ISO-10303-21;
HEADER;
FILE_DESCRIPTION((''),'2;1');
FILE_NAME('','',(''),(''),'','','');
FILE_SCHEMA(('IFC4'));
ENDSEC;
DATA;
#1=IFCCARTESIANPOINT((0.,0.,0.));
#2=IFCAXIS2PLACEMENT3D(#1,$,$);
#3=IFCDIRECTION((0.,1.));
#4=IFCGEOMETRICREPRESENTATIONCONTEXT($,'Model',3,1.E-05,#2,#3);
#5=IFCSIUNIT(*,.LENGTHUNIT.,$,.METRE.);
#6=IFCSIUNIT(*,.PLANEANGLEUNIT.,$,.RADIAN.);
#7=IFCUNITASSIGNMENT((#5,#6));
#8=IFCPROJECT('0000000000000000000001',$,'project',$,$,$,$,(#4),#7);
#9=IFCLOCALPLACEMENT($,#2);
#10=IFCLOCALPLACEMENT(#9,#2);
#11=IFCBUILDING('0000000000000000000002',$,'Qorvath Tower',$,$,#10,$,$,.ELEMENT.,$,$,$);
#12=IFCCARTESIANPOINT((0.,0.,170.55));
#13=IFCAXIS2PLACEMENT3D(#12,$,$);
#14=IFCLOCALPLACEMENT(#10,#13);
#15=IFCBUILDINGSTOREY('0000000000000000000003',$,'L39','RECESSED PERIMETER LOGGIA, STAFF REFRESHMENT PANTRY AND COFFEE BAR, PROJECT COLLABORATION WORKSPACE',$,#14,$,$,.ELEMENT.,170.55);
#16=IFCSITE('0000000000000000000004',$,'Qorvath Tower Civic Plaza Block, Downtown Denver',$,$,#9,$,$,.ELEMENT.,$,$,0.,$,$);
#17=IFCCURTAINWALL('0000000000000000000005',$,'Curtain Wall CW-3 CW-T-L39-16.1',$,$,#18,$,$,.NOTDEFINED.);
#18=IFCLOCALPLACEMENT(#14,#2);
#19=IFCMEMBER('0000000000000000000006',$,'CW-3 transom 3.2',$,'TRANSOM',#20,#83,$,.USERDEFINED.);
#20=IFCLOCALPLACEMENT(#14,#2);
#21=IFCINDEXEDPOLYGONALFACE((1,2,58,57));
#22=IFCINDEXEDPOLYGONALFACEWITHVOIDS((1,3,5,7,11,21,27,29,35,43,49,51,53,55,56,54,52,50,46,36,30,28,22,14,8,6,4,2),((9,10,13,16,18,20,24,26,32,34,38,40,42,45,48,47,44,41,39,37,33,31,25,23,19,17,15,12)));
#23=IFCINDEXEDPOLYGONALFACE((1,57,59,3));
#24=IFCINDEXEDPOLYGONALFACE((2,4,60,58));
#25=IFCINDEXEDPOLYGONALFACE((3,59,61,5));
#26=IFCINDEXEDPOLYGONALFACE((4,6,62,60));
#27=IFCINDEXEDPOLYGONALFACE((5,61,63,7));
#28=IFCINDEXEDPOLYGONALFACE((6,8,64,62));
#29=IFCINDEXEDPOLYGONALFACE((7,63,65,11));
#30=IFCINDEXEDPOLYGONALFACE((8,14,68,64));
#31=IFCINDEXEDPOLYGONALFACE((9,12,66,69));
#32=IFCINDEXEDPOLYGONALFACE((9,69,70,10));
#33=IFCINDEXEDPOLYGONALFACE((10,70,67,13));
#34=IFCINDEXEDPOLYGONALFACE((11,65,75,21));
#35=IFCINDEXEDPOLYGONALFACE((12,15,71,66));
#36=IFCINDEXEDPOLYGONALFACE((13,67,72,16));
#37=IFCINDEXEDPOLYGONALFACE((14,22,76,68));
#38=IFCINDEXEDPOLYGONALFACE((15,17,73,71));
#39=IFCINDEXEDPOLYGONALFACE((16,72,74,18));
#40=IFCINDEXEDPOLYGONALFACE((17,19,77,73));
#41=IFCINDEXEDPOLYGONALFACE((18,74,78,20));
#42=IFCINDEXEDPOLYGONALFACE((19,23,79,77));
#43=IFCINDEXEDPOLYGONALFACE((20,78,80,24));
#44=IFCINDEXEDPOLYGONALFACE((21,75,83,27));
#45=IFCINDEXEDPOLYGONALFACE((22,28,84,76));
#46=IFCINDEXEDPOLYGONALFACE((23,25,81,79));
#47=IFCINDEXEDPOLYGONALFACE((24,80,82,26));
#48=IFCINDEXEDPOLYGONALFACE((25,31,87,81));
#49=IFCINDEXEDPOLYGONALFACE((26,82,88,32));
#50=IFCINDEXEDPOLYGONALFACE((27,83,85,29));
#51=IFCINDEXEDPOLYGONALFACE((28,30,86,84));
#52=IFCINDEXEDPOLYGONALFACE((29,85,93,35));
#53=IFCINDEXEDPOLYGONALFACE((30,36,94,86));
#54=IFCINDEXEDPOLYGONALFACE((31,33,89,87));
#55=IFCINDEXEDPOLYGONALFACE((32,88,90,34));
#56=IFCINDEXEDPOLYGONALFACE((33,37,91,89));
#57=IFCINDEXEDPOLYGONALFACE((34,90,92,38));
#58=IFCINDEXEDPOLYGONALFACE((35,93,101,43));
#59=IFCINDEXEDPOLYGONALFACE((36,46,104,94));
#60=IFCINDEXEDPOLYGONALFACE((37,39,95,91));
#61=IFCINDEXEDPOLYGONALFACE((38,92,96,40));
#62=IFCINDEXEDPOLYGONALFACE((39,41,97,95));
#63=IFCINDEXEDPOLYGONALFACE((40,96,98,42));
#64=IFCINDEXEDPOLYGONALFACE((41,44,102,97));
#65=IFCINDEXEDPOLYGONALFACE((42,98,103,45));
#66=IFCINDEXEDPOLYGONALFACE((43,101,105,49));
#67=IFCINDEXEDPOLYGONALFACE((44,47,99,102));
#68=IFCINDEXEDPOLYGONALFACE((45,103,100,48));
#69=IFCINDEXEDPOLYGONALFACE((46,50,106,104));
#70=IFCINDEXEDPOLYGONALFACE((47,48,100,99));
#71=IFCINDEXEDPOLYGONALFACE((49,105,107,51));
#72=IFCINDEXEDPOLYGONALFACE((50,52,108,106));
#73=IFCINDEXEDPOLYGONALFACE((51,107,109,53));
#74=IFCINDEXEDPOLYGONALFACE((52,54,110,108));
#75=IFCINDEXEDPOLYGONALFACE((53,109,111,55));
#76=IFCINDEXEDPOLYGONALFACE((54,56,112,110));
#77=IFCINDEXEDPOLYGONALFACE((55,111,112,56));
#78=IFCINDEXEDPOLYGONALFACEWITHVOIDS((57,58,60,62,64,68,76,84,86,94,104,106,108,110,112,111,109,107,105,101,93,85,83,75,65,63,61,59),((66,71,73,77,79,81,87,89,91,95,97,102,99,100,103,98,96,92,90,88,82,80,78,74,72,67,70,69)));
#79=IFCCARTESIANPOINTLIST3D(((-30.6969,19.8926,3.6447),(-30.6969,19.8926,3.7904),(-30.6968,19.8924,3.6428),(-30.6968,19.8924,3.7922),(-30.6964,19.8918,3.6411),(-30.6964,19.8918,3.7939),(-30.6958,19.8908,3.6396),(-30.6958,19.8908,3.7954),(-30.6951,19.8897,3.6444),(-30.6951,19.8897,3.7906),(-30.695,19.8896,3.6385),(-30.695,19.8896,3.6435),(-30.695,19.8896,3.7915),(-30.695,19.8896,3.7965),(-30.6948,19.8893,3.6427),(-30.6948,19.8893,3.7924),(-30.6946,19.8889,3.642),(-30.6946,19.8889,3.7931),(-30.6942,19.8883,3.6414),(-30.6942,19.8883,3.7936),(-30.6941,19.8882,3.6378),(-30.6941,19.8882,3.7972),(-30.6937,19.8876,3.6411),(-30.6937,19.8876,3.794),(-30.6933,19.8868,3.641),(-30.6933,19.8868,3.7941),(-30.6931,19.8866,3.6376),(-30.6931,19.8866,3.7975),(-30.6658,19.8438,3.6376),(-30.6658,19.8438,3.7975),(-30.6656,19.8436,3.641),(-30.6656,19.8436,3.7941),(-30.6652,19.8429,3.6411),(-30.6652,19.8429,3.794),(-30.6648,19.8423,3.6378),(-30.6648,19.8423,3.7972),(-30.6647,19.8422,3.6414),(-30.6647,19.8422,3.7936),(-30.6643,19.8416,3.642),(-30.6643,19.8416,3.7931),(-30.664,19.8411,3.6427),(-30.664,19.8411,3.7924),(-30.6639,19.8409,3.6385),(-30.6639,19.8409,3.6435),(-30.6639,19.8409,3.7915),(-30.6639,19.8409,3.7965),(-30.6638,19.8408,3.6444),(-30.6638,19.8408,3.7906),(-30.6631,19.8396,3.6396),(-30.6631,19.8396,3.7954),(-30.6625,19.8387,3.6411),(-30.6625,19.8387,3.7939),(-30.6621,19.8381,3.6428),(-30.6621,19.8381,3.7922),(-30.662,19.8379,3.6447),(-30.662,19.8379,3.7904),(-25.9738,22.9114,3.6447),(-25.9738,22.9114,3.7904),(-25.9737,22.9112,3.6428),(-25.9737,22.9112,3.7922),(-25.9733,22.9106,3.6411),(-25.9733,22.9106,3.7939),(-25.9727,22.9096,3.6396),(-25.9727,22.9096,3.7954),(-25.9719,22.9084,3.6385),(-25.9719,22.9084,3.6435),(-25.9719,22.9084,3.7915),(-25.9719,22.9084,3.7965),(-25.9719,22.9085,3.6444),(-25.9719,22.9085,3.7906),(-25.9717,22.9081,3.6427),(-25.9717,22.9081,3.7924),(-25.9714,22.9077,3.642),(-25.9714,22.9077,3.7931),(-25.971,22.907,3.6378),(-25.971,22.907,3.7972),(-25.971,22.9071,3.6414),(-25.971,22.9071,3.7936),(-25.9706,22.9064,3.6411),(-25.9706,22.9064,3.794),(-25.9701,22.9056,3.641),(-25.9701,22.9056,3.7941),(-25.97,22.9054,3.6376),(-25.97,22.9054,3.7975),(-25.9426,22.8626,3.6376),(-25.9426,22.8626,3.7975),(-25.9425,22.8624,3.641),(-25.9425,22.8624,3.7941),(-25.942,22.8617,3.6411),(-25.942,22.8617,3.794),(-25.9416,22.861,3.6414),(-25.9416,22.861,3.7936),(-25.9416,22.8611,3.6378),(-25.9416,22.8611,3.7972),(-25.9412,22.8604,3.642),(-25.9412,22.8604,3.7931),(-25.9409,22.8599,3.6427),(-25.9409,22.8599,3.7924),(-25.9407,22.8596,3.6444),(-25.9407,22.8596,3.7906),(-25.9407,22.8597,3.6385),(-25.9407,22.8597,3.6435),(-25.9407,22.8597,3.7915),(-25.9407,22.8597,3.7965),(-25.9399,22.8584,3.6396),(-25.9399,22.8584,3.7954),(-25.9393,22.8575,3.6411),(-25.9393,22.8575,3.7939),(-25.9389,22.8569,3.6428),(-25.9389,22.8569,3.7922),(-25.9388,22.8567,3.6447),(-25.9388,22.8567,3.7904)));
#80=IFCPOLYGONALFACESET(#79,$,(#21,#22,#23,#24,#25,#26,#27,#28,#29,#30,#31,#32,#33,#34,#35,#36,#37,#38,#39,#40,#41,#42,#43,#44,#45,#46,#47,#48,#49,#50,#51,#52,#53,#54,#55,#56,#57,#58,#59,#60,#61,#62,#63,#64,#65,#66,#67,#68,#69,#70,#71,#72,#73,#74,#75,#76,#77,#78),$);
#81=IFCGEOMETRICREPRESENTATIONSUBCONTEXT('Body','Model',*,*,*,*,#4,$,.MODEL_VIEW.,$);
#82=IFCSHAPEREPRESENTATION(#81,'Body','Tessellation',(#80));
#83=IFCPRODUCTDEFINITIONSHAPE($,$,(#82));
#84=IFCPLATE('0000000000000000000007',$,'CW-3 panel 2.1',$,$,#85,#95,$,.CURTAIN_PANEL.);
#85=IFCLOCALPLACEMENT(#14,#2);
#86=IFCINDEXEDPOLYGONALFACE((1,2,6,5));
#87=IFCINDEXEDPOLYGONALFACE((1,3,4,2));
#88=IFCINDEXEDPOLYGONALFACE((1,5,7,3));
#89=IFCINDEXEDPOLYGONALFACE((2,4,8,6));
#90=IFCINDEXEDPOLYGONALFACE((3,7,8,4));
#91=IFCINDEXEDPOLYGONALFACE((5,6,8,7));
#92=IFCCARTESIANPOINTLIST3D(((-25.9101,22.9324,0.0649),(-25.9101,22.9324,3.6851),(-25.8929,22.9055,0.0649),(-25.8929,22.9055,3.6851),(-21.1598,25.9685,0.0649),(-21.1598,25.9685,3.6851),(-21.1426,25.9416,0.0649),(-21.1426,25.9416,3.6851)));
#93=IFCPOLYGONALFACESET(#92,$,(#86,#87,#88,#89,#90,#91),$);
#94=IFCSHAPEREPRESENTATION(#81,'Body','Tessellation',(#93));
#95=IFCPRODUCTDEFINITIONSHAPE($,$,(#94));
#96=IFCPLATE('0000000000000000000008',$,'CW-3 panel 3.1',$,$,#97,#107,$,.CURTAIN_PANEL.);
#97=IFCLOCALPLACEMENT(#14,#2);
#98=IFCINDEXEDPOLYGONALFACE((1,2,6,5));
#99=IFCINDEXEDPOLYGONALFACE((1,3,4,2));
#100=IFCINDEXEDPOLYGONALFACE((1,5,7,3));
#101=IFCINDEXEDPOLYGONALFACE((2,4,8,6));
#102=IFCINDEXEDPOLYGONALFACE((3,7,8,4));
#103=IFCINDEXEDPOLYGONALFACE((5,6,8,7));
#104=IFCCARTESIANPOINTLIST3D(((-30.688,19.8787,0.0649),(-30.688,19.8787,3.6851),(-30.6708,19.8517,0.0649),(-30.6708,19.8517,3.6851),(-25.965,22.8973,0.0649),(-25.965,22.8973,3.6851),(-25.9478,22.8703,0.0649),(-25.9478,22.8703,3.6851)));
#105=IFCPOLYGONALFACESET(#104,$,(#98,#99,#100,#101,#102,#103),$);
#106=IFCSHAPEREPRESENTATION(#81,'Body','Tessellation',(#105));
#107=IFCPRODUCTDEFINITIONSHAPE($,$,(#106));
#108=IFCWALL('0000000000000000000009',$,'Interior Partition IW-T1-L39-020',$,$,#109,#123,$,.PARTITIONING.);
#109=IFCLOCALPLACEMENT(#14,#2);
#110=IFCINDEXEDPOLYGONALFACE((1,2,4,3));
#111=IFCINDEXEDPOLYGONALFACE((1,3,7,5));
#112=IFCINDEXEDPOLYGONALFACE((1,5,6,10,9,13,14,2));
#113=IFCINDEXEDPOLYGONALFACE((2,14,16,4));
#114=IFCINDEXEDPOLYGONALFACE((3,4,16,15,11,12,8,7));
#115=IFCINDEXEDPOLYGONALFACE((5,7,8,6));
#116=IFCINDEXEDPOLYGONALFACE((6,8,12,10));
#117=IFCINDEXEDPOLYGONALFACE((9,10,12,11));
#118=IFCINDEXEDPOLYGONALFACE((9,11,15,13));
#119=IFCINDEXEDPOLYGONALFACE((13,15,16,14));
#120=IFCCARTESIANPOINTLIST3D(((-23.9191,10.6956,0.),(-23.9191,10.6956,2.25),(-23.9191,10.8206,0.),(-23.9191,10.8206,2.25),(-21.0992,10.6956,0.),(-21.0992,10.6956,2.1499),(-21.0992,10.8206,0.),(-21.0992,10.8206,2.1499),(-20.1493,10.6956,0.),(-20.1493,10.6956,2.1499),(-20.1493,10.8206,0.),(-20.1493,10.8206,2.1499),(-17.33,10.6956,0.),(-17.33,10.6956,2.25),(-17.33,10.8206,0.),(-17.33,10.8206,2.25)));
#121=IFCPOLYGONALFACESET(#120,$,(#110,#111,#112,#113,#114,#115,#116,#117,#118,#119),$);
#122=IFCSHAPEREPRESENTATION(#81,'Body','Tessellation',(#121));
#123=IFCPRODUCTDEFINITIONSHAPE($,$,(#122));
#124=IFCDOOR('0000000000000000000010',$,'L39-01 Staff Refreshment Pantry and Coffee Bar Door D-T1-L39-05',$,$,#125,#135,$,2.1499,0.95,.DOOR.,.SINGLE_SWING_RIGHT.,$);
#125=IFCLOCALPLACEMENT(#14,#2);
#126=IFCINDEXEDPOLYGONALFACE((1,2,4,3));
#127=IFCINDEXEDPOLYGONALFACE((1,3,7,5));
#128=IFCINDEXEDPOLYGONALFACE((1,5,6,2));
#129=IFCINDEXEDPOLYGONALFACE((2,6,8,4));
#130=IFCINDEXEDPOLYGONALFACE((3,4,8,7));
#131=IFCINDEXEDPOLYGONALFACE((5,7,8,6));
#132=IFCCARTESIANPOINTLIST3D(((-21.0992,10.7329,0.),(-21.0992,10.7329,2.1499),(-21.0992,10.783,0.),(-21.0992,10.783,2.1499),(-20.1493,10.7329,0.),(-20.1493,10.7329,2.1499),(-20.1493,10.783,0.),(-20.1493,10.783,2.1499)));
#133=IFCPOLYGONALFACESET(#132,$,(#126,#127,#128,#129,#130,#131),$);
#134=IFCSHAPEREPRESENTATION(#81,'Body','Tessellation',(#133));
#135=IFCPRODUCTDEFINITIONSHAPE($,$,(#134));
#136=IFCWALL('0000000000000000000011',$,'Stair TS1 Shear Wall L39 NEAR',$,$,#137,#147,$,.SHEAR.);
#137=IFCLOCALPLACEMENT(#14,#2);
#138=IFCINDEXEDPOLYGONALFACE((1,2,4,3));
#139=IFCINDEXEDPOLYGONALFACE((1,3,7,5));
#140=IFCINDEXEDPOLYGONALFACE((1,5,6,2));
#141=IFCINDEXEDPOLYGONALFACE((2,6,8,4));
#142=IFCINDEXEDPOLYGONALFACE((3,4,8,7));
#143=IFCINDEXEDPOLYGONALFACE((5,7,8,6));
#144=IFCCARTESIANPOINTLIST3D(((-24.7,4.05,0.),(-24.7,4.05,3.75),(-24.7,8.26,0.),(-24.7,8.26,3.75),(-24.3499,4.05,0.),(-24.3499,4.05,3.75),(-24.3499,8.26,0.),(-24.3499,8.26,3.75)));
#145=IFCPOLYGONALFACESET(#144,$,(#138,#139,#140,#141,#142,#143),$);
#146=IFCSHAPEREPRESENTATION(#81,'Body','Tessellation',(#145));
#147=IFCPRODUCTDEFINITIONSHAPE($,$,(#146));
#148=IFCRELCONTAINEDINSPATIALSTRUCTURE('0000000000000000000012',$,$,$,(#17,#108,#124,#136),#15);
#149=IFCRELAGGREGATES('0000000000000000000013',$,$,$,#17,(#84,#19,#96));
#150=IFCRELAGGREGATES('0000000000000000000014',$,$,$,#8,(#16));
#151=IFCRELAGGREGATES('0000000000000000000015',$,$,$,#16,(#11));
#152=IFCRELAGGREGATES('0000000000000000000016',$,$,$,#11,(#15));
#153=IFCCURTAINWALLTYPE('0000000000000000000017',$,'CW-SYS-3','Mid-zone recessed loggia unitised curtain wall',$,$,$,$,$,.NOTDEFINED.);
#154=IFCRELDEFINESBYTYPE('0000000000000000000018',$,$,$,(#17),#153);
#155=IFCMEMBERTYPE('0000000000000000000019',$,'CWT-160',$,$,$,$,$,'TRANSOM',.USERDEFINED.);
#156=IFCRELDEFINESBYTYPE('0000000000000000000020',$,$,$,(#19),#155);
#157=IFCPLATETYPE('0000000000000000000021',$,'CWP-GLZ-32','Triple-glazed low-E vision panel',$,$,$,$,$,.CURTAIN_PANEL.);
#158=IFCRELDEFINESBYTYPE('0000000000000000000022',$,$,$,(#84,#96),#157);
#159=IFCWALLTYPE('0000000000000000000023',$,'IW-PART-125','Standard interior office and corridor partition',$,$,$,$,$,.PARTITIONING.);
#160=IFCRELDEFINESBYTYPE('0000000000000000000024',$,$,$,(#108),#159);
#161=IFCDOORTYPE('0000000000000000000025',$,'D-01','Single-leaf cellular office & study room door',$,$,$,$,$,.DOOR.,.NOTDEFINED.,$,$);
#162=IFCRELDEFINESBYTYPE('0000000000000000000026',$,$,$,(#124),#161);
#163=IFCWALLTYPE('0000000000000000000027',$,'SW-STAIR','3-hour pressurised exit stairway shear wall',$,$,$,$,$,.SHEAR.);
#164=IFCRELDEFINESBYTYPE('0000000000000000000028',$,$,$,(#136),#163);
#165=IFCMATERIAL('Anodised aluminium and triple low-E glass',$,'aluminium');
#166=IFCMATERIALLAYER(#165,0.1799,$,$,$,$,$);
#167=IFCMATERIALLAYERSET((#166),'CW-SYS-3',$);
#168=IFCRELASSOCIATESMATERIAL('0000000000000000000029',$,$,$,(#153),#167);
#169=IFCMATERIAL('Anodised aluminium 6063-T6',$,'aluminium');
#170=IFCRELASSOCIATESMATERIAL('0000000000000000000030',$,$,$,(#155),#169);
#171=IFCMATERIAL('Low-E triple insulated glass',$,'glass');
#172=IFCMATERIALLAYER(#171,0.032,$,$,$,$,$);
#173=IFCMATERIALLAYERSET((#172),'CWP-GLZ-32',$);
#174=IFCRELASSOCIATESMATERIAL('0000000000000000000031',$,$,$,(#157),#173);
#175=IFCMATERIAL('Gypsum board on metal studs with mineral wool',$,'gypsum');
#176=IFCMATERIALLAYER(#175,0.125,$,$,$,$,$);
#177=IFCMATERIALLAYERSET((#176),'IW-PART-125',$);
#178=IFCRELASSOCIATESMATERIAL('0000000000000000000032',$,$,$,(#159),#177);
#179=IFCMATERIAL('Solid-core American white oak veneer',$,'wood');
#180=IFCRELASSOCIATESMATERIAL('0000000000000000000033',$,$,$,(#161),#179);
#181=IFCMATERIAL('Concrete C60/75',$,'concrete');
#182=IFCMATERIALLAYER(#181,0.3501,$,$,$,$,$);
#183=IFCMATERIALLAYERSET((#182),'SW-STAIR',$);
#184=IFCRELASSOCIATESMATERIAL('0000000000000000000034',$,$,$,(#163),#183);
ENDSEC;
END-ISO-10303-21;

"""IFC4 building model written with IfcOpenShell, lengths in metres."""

from ifc_helpers import new_model, si_unit, direction, frame, frame_2d, origin, origin_2d, place, context, subcontext, project, spatial, rectangle, hollow_rectangle, extrude, material, layer, layer_set, material_profile, profile_set, type_object, element, fill, aggregate, save


model = new_model("IFC4")

# Units and contexts
model_context = context("Model", 3, precision=1e-05, world=origin(), true_north=direction((0.0, 1.0)))
body_context = subcontext(model_context, "Body", "Model", "MODEL_VIEW")
ifc_project = project(units=[si_unit("LENGTHUNIT", "METRE"), si_unit("PLANEANGLEUNIT", "RADIAN")], contexts=[model_context])

# Site, building, storey
site_placement = place(None, origin())
site = spatial("IfcSite", under=ifc_project, at=site_placement, Name="Qorvath Tower Civic Plaza Block, Downtown Denver", CompositionType="ELEMENT", RefElevation=0.0)
building_placement = place(site_placement, origin())
building = spatial("IfcBuilding", under=site, at=building_placement, Name="Qorvath Tower", CompositionType="ELEMENT")
storey_placement = place(building_placement, frame((0.0, 0.0, 170.55)))
storey = spatial("IfcBuildingStorey", under=building, at=storey_placement, Name="L39", Description="RECESSED PERIMETER LOGGIA, STAFF REFRESHMENT PANTRY AND COFFEE BAR, PROJECT COLLABORATION WORKSPACE", CompositionType="ELEMENT", Elevation=170.55)

# Curtain wall, member, plates
ifc_material_1 = material(Name="Anodised aluminium and triple low-E glass", Category="aluminium")
ifc_layer_1 = layer(ifc_material_1, 0.1799)
ifc_layer_set_1 = layer_set([ifc_layer_1], Name="CW-SYS-3")
curtain_wall_type = type_object("IfcCurtainWallType", Name="CW-SYS-3", Description="Mid-zone recessed loggia unitised curtain wall", PredefinedType="NOTDEFINED", material=ifc_layer_set_1)
curtain_wall_placement = place(storey_placement, origin())
curtain_wall = element("IfcCurtainWall", 1, at=curtain_wall_placement, inside=storey, type_object=curtain_wall_type, Name="Curtain Wall CW-3 CW-T-L39-16.1", PredefinedType="NOTDEFINED")
ifc_material_2 = material(Name="Anodised aluminium 6063-T6", Category="aluminium")
ifc_material_profile_1 = material_profile(ifc_material_2, hollow_rectangle(XDim=0.0649, YDim=0.1599, WallThickness=0.0034, InnerFilletRadius=0.0034, OuterFilletRadius=0.0071, at=origin_2d()), Name="CWT 160x65")
ifc_profile_set_1 = profile_set([ifc_material_profile_1], Name="Anodised aluminium 6063-T6")
member_type_1 = type_object("IfcMemberType", Name="CWT-160", ElementType="TRANSOM", PredefinedType="USERDEFINED", material=ifc_profile_set_1)
member_1_placement = place(storey_placement, frame((-25.9563, 22.884, 3.7175), z_axis=(-0.842596, -0.538546, 0.0), x_axis=(0.538546, -0.842596, 0.0)))
member_1 = element("IfcMember", 2, at=member_1_placement, type_object=member_type_1, Name="CW-3 transom 3.2", ObjectType="TRANSOM", PredefinedType="USERDEFINED", context=body_context, shape_type="SweptSolid", body=[
    extrude(hollow_rectangle(XDim=0.0649, YDim=0.1599, WallThickness=0.0034, InnerFilletRadius=0.0034, OuterFilletRadius=0.0071, at=origin_2d()), origin(), (0.0, 0.0, 1.0), 5.6055),
])
ifc_material_3 = material(Name="Low-E triple insulated glass", Category="glass")
ifc_layer_2 = layer(ifc_material_3, 0.032)
ifc_layer_set_2 = layer_set([ifc_layer_2], Name="CWP-GLZ-32")
plate_type = type_object("IfcPlateType", Name="CWP-GLZ-32", Description="Triple-glazed low-E vision panel", PredefinedType="CURTAIN_PANEL", material=ifc_layer_set_2)
plate_1_placement = place(storey_placement, frame((-23.5264, 24.437, 0.0649), z_axis=(0.0, 0.0, 1.0), x_axis=(-0.842604, -0.538534, 0.0)))
plate_1 = element("IfcPlate", 3, at=plate_1_placement, type_object=plate_type, Name="CW-3 panel 2.1", PredefinedType="CURTAIN_PANEL", context=body_context, shape_type="SweptSolid", body=[
    extrude(rectangle(XDim=5.6377, YDim=0.032, at=origin_2d()), origin(), (0.0, 0.0, 1.0), 3.6201),
])
plate_2_placement = place(storey_placement, frame((-28.3179, 21.3745, 0.0649), z_axis=(0.0, 0.0, 1.0), x_axis=(-0.842604, -0.538534, 0.0)))
plate_2 = element("IfcPlate", 4, at=plate_2_placement, type_object=plate_type, Name="CW-3 panel 3.1", PredefinedType="CURTAIN_PANEL", context=body_context, shape_type="SweptSolid", body=[
    extrude(rectangle(XDim=5.6052, YDim=0.032, at=origin_2d()), origin(), (0.0, 0.0, 1.0), 3.6201),
])
aggregate(curtain_wall, [plate_1, member_1, plate_2])

# Wall, opening, door
ifc_material_4 = material(Name="Gypsum board on metal studs with mineral wool", Category="gypsum")
ifc_layer_3 = layer(ifc_material_4, 0.125)
ifc_layer_set_3 = layer_set([ifc_layer_3], Name="IW-PART-125")
wall_type_1 = type_object("IfcWallType", Name="IW-PART-125", Description="Standard interior office and corridor partition", PredefinedType="PARTITIONING", material=ifc_layer_set_3)
wall_1_placement = place(storey_placement, frame((-23.9189, 10.7581, 0.0), z_axis=(0.0, 0.0, 1.0), x_axis=(1.0, 0.0, 0.0)))
wall_1 = element("IfcWall", 5, at=wall_1_placement, inside=storey, type_object=wall_type_1, Name="Interior Partition IW-T1-L39-020", PredefinedType="PARTITIONING", context=body_context, shape_type="SweptSolid", body=[
    extrude(rectangle(XDim=6.5891, YDim=0.125, at=frame_2d((3.2944, 0.0))), origin(), (0.0, 0.0, 1.0), 2.25),
])
opening_1_placement = place(wall_1_placement, frame((2.8196, 0.0, 0.0)))
opening_1 = element("IfcOpeningElement", 6, at=opening_1_placement, cuts=wall_1, PredefinedType="OPENING", context=body_context, shape_type="SweptSolid", body=[
    extrude(rectangle(XDim=0.95, YDim=2.1499, at=frame_2d((0.4751, 1.075))), frame((0.0, 0.0725, 0.0), z_axis=(0.0, -1.0, 0.0), x_axis=(1.0, 0.0, 0.0)), (0.0, 0.0, 1.0), 0.145),
])
ifc_material_5 = material(Name="Solid-core American white oak veneer", Category="wood")
door_type_1 = type_object("IfcDoorType", Name="D-01", Description="Single-leaf cellular office & study room door", OperationType="NOTDEFINED", PredefinedType="DOOR", material=ifc_material_5)
door_1_placement = place(opening_1_placement, origin())
door_1 = element("IfcDoor", 7, at=door_1_placement, inside=storey, type_object=door_type_1, Name="L39-01 Staff Refreshment Pantry and Coffee Bar Door D-T1-L39-05", OperationType="SINGLE_SWING_RIGHT", OverallHeight=2.1499, OverallWidth=0.95, PredefinedType="DOOR", context=body_context, shape_type="SweptSolid", body=[
    extrude(rectangle(XDim=0.95, YDim=2.1499, at=frame_2d((0.4751, 1.075))), frame((0.0, 0.0249, 0.0), z_axis=(0.0, -1.0, 0.0), x_axis=(1.0, 0.0, 0.0)), (0.0, 0.0, 1.0), 0.05),
])
fill(opening_1, door_1)

# Wall
ifc_material_6 = material(Name="Concrete C60/75", Category="concrete")
ifc_layer_4 = layer(ifc_material_6, 0.3501)
ifc_layer_set_4 = layer_set([ifc_layer_4], Name="SW-STAIR")
wall_type_2 = type_object("IfcWallType", Name="SW-STAIR", Description="3-hour pressurised exit stairway shear wall", PredefinedType="SHEAR", material=ifc_layer_set_4)
wall_2_placement = place(storey_placement, frame((-24.5249, 8.26, 0.0), z_axis=(0.0, 0.0, 1.0), x_axis=(0.0, -1.0, 0.0)))
element("IfcWall", 8, at=wall_2_placement, inside=storey, type_object=wall_type_2, Name="Stair TS1 Shear Wall L39 NEAR", PredefinedType="SHEAR", context=body_context, shape_type="SweptSolid", body=[
    extrude(rectangle(XDim=4.21, YDim=0.3501, at=frame_2d((2.105, 0.0))), origin(), (0.0, 0.0, 1.0), 3.75),
])

save(model, "model.ifc")
